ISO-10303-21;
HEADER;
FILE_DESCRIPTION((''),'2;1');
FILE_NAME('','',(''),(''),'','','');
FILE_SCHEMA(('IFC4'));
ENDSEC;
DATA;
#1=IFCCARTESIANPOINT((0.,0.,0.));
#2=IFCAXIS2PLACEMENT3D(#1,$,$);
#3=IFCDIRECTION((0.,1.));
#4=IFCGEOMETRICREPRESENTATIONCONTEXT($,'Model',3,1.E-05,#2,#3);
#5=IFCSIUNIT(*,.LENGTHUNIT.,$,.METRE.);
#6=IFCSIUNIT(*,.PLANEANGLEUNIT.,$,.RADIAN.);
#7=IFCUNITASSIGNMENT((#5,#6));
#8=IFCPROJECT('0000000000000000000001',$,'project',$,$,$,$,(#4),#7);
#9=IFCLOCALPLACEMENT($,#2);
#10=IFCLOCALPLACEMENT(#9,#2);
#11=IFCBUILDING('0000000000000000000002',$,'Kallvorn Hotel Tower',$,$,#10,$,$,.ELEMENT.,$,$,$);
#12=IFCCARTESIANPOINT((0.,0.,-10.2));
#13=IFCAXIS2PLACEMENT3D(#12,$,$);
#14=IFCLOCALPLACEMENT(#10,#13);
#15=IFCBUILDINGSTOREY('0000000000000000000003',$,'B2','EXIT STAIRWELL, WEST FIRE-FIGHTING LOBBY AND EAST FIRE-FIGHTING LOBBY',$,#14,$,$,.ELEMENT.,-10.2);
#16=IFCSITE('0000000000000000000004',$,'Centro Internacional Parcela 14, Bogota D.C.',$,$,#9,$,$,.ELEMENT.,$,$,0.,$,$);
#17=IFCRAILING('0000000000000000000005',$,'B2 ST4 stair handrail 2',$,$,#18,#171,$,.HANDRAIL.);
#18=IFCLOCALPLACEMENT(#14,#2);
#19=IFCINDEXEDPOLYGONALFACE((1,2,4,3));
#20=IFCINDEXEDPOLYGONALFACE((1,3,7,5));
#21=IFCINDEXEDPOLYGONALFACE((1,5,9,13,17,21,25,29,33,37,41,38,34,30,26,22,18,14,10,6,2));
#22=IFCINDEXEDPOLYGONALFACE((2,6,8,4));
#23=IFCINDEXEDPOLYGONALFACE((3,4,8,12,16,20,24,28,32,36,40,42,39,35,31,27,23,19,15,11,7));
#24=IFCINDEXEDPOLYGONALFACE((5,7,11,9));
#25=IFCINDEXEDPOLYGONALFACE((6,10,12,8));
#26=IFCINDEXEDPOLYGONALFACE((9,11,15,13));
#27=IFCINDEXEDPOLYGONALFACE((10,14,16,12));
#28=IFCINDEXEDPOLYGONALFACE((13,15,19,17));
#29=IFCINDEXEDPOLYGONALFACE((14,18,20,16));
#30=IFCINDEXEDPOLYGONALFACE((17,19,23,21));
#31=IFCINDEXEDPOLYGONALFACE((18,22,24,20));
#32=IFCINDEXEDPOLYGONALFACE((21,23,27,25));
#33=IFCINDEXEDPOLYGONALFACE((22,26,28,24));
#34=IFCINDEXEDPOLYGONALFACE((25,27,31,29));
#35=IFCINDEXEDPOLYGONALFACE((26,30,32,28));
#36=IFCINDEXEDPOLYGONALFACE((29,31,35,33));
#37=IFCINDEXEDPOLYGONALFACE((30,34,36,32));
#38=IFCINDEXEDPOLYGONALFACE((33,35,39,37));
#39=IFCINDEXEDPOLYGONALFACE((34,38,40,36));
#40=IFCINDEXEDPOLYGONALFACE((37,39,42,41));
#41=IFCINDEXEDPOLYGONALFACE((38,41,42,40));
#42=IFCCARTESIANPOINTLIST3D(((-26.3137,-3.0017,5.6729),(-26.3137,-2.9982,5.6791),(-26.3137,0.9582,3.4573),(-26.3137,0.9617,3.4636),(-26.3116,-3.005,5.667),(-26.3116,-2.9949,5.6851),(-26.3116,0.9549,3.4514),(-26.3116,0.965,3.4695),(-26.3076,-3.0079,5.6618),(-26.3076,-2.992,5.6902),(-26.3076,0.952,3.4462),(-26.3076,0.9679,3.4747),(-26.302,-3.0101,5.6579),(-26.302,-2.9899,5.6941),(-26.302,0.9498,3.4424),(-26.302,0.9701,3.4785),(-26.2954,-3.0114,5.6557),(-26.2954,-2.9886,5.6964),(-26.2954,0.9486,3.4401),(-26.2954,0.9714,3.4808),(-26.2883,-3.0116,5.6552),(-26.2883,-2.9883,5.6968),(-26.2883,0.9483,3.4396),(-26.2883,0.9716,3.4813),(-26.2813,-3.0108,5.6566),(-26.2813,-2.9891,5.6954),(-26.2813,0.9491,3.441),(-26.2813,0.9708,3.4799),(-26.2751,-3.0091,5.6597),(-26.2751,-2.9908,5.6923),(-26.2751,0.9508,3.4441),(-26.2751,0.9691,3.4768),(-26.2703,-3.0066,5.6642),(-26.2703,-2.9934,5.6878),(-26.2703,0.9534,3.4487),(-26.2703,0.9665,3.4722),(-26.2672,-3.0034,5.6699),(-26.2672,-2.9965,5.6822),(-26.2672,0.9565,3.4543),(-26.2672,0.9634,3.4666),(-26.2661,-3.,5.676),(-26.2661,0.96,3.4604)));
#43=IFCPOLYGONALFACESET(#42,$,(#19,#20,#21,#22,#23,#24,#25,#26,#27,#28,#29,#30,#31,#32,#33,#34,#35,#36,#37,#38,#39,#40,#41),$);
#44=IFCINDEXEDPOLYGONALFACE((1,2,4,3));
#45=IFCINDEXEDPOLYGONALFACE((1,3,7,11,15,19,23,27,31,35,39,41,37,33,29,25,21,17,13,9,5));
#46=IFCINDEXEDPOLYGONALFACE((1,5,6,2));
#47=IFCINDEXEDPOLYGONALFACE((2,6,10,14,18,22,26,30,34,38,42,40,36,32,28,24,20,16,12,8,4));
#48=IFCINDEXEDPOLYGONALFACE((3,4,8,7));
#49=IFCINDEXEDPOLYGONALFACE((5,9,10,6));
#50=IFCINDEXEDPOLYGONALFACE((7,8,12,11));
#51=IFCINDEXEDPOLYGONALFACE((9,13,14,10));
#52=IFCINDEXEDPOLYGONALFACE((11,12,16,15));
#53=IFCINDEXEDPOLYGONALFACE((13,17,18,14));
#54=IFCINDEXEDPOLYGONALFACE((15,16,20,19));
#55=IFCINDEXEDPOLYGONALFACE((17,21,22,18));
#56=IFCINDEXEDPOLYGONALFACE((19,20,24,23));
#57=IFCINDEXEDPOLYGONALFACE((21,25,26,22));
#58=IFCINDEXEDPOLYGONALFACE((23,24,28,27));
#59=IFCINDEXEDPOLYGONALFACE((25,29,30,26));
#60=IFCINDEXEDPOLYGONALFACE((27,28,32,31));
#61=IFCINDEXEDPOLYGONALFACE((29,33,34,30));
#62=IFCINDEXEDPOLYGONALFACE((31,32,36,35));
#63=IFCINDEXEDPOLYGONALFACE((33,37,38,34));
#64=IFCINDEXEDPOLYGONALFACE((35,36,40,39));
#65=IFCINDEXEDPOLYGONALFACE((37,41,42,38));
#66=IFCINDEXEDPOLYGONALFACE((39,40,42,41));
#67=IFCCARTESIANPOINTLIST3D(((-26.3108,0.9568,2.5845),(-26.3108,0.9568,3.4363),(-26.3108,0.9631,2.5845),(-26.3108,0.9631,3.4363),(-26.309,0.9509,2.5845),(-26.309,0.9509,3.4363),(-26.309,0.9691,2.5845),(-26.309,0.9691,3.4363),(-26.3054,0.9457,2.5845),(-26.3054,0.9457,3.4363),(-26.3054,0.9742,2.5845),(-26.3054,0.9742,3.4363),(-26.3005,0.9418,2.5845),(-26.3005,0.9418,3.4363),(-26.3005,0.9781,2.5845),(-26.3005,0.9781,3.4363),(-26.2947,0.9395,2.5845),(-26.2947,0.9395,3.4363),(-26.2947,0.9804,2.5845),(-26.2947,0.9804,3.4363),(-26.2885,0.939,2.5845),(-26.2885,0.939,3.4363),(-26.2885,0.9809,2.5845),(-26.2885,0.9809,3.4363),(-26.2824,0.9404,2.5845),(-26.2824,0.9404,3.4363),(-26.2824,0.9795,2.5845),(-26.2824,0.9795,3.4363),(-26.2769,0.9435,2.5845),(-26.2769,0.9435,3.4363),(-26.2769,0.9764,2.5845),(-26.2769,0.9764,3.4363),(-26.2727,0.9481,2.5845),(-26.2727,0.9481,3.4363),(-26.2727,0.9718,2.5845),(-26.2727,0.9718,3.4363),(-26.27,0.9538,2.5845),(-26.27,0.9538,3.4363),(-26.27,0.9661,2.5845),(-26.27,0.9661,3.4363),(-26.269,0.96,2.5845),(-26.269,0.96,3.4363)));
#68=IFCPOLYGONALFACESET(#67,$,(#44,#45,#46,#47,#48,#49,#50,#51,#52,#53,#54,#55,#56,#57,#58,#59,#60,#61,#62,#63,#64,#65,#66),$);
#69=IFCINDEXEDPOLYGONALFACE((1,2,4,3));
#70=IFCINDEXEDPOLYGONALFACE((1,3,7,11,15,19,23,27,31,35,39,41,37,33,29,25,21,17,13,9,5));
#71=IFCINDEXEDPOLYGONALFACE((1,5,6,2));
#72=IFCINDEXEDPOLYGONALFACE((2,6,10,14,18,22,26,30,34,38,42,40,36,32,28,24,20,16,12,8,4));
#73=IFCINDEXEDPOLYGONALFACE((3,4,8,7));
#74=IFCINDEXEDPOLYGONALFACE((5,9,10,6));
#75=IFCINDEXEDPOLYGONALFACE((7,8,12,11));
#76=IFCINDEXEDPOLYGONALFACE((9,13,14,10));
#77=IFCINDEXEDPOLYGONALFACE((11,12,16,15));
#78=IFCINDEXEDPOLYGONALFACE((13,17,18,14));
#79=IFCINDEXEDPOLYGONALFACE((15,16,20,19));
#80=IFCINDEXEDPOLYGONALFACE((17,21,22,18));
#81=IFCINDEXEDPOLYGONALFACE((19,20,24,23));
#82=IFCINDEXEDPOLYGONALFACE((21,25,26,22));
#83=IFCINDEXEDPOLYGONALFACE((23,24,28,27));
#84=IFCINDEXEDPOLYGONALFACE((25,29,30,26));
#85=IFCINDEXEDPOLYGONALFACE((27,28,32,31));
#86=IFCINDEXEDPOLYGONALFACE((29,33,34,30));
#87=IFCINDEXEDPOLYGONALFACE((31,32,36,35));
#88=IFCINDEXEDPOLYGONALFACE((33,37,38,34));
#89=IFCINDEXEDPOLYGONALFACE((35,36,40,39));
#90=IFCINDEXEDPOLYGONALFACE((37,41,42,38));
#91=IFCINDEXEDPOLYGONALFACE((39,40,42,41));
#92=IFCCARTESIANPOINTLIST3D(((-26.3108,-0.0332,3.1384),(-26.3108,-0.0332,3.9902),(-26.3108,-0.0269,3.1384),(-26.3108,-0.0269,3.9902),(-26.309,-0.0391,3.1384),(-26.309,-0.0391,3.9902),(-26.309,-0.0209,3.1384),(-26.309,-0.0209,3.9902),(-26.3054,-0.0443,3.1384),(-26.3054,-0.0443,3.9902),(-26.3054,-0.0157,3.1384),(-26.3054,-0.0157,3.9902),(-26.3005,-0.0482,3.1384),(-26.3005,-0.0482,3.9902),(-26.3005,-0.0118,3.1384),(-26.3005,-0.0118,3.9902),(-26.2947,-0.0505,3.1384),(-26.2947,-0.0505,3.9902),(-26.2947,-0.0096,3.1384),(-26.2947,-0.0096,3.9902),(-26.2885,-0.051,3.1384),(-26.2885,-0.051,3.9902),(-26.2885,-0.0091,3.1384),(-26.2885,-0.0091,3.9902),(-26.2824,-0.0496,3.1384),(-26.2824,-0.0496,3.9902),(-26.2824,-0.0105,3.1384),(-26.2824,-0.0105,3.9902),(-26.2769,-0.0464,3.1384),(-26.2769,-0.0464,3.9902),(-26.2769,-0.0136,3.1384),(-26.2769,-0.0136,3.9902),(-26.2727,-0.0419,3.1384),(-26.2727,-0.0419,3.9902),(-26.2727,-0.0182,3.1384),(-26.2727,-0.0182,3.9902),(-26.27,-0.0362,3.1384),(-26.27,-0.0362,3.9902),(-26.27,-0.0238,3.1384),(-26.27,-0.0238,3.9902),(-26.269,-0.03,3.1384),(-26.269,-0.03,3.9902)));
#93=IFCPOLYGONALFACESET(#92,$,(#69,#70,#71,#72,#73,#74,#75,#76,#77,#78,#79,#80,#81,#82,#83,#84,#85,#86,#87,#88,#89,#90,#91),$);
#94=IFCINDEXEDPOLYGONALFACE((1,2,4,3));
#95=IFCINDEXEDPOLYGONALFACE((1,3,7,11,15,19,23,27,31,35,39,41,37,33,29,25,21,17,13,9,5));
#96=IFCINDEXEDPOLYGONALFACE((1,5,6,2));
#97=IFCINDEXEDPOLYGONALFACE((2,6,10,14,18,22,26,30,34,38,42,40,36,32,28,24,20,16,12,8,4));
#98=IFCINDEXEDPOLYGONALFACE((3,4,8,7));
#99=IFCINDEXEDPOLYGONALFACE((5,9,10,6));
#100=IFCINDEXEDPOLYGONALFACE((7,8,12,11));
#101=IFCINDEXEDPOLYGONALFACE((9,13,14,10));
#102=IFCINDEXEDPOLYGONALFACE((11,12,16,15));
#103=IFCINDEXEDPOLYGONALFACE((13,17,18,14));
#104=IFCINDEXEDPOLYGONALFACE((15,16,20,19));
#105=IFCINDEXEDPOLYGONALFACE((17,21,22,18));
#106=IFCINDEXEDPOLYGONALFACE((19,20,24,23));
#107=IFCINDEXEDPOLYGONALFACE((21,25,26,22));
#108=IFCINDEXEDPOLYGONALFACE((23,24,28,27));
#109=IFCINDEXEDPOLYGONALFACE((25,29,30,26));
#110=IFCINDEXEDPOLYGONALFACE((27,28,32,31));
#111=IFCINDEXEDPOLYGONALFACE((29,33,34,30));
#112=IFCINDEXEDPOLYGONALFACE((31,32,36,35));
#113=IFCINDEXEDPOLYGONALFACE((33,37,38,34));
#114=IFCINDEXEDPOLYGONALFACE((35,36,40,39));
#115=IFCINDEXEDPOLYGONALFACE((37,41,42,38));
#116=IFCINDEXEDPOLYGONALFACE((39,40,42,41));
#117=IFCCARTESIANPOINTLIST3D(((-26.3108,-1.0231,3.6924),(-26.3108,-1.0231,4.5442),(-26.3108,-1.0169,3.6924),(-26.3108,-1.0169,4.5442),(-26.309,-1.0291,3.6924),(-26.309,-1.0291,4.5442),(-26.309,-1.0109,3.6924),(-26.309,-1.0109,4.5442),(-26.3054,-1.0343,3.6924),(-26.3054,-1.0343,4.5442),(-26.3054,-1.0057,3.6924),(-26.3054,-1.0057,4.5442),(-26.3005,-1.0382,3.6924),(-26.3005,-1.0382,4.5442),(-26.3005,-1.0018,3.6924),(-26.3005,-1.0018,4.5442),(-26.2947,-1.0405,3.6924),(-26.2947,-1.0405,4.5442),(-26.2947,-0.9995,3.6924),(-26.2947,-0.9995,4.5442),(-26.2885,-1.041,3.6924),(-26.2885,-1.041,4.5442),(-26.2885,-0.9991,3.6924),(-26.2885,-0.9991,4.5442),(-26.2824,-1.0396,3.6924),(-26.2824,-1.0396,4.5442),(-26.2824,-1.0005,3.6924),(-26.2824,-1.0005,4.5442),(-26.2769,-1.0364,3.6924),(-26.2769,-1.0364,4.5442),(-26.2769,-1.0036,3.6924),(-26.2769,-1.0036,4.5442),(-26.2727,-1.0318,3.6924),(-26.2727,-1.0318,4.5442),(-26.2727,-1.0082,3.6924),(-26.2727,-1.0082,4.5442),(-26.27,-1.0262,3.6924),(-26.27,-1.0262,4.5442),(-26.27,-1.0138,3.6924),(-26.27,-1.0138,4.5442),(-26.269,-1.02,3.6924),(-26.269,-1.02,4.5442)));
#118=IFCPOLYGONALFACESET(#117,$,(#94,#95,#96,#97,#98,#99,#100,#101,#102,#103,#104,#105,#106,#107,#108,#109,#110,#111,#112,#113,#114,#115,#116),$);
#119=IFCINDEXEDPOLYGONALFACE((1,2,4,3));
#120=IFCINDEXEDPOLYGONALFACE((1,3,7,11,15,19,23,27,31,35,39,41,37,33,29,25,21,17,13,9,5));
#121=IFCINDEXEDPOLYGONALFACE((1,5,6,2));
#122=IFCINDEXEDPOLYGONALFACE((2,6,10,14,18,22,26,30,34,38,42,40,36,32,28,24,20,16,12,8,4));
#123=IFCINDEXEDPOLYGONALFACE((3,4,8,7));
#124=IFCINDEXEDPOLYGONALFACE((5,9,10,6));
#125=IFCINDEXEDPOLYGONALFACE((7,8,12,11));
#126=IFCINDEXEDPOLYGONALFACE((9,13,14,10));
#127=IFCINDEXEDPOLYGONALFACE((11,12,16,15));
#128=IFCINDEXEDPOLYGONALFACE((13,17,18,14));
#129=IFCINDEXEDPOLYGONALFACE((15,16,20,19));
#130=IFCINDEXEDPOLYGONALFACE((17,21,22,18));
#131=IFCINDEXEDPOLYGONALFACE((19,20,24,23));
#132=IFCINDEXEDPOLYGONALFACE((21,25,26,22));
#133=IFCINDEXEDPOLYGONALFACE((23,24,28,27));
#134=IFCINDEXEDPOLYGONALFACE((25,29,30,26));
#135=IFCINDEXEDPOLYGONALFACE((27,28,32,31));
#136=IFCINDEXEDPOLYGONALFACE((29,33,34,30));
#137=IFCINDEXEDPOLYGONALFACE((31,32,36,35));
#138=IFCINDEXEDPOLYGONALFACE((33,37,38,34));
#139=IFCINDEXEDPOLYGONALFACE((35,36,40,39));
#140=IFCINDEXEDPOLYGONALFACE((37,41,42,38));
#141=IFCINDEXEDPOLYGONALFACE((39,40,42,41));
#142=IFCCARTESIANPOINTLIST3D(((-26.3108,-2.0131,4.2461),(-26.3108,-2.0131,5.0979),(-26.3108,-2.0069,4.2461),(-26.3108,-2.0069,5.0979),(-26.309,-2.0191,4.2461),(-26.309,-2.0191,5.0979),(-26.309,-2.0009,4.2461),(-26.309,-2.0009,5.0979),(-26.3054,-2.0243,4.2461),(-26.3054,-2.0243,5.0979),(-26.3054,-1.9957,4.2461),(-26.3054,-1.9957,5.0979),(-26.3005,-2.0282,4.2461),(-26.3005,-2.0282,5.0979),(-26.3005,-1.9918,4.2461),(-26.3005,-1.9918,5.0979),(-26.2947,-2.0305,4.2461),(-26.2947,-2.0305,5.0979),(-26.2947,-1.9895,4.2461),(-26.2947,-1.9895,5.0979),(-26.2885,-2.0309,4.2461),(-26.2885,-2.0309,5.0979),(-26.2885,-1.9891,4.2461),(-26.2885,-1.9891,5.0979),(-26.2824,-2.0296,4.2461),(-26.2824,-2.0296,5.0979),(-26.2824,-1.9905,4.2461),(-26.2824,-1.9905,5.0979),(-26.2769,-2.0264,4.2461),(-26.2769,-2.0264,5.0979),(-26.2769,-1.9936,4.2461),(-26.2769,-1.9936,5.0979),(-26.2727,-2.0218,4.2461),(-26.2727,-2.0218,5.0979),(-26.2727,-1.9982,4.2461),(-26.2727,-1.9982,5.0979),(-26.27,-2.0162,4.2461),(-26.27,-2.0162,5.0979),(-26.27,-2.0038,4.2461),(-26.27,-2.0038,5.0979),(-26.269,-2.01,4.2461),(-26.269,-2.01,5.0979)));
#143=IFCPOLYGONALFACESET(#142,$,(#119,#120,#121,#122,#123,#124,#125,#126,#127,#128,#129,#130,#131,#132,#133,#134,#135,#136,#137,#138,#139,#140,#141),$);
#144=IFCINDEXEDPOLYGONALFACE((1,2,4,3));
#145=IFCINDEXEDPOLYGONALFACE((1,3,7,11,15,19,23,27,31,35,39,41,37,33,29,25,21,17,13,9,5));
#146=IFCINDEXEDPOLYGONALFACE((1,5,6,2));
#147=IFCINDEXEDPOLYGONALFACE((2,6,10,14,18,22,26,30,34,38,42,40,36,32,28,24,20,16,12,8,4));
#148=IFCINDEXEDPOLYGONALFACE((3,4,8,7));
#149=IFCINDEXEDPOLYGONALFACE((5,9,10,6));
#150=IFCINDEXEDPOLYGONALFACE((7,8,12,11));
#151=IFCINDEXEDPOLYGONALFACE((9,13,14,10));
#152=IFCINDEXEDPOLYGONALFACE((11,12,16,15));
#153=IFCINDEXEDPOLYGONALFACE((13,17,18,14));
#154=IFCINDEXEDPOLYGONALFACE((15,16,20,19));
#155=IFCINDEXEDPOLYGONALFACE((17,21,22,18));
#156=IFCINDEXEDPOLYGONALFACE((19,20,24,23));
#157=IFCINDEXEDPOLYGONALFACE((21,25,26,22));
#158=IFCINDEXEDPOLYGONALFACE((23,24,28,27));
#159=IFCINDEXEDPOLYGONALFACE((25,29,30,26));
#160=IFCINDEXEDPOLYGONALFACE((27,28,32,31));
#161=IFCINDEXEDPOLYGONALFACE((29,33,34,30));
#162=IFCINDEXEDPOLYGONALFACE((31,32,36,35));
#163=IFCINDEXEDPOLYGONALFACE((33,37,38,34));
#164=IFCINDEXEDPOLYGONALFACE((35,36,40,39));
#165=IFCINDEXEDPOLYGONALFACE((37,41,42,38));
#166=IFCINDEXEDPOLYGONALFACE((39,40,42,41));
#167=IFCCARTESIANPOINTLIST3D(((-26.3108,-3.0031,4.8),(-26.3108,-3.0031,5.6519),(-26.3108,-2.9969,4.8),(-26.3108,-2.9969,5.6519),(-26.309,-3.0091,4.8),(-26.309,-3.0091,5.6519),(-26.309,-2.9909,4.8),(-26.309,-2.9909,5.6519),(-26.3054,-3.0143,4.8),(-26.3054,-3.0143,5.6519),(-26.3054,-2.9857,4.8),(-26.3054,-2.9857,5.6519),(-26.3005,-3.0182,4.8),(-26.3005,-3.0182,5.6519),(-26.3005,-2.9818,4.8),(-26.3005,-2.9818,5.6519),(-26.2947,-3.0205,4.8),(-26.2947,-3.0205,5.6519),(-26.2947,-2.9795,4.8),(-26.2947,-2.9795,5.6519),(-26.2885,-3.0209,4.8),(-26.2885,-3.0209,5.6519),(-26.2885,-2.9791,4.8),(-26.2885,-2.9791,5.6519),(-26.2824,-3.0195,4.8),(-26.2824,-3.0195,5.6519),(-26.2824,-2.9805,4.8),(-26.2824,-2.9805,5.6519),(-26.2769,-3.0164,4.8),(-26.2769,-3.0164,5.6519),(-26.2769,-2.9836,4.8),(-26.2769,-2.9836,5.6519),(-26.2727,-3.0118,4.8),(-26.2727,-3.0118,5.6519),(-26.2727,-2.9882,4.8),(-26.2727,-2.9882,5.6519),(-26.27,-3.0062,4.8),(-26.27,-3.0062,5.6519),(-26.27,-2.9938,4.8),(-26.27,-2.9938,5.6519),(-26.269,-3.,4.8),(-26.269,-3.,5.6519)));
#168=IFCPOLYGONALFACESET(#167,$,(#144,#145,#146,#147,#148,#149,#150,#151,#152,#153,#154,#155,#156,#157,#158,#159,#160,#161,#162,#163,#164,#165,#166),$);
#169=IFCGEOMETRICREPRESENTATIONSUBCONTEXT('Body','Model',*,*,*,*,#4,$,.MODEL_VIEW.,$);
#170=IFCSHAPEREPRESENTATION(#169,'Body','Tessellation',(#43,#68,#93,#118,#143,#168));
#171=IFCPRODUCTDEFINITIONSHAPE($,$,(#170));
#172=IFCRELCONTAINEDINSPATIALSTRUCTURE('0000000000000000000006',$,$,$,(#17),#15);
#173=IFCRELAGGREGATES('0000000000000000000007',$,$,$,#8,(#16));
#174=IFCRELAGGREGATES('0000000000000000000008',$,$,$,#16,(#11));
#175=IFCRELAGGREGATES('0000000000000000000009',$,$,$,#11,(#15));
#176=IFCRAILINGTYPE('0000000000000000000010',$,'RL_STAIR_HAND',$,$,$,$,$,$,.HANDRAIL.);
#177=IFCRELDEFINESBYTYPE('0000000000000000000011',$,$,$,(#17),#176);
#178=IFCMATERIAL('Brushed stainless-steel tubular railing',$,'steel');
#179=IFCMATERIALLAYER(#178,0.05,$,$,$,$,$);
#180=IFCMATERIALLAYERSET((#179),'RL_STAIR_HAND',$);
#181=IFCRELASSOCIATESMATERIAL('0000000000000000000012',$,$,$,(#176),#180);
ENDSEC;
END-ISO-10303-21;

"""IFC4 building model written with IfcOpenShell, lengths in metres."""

from ifc_helpers import new_model, si_unit, direction, frame, origin, origin_2d, place, context, subcontext, project, spatial, circle, extrude, material, layer, layer_set, type_object, element, save


model = new_model("IFC4")

# Units and contexts
model_context = context("Model", 3, precision=1e-05, world=origin(), true_north=direction((0.0, 1.0)))
body_context = subcontext(model_context, "Body", "Model", "MODEL_VIEW")
ifc_project = project(units=[si_unit("LENGTHUNIT", "METRE"), si_unit("PLANEANGLEUNIT", "RADIAN")], contexts=[model_context])

# Site, building, storey
site_placement = place(None, origin())
site = spatial("IfcSite", under=ifc_project, at=site_placement, Name="Centro Internacional Parcela 14, Bogota D.C.", CompositionType="ELEMENT", RefElevation=0.0)
building_placement = place(site_placement, origin())
building = spatial("IfcBuilding", under=site, at=building_placement, Name="Kallvorn Hotel Tower", CompositionType="ELEMENT")
storey_placement = place(building_placement, frame((0.0, 0.0, -10.2)))
storey = spatial("IfcBuildingStorey", under=building, at=storey_placement, Name="B2", Description="EXIT STAIRWELL, WEST FIRE-FIGHTING LOBBY AND EAST FIRE-FIGHTING LOBBY", CompositionType="ELEMENT", Elevation=-10.2)

# Railing
ifc_material_1 = material(Name="Brushed stainless-steel tubular railing", Category="steel")
ifc_layer_1 = layer(ifc_material_1, 0.05)
ifc_layer_set_1 = layer_set([ifc_layer_1], Name="RL_STAIR_HAND")
railing_type_1 = type_object("IfcRailingType", Name="RL_STAIR_HAND", PredefinedType="HANDRAIL", material=ifc_layer_set_1)
railing_1_placement = place(storey_placement, frame((-26.29, 0.96, 2.5845)))
element("IfcRailing", 1, at=railing_1_placement, inside=storey, type_object=railing_type_1, Name="B2 ST4 stair handrail 2", PredefinedType="HANDRAIL", context=body_context, shape_type="SweptSolid", body=[
    extrude(circle(Radius=0.0239, at=origin_2d()), frame((0.0, 0.0, 0.876), z_axis=(0.0, -0.872694, 0.488267), x_axis=(1.0, 0.0, 0.0)), (0.0, 0.0, 1.0), 4.5376),
    extrude(circle(Radius=0.021, at=origin_2d()), origin(), (0.0, 0.0, 1.0), 0.8518),
    extrude(circle(Radius=0.021, at=origin_2d()), frame((0.0, -0.99, 0.554)), (0.0, 0.0, 1.0), 0.8518),
    extrude(circle(Radius=0.021, at=origin_2d()), frame((0.0, -1.98, 1.1079)), (0.0, 0.0, 1.0), 0.8518),
    extrude(circle(Radius=0.021, at=origin_2d()), frame((0.0, -2.97, 1.6616)), (0.0, 0.0, 1.0), 0.8518),
    extrude(circle(Radius=0.021, at=origin_2d()), frame((0.0, -3.96, 2.2156)), (0.0, 0.0, 1.0), 0.8518),
])

save(model, "model.ifc")
